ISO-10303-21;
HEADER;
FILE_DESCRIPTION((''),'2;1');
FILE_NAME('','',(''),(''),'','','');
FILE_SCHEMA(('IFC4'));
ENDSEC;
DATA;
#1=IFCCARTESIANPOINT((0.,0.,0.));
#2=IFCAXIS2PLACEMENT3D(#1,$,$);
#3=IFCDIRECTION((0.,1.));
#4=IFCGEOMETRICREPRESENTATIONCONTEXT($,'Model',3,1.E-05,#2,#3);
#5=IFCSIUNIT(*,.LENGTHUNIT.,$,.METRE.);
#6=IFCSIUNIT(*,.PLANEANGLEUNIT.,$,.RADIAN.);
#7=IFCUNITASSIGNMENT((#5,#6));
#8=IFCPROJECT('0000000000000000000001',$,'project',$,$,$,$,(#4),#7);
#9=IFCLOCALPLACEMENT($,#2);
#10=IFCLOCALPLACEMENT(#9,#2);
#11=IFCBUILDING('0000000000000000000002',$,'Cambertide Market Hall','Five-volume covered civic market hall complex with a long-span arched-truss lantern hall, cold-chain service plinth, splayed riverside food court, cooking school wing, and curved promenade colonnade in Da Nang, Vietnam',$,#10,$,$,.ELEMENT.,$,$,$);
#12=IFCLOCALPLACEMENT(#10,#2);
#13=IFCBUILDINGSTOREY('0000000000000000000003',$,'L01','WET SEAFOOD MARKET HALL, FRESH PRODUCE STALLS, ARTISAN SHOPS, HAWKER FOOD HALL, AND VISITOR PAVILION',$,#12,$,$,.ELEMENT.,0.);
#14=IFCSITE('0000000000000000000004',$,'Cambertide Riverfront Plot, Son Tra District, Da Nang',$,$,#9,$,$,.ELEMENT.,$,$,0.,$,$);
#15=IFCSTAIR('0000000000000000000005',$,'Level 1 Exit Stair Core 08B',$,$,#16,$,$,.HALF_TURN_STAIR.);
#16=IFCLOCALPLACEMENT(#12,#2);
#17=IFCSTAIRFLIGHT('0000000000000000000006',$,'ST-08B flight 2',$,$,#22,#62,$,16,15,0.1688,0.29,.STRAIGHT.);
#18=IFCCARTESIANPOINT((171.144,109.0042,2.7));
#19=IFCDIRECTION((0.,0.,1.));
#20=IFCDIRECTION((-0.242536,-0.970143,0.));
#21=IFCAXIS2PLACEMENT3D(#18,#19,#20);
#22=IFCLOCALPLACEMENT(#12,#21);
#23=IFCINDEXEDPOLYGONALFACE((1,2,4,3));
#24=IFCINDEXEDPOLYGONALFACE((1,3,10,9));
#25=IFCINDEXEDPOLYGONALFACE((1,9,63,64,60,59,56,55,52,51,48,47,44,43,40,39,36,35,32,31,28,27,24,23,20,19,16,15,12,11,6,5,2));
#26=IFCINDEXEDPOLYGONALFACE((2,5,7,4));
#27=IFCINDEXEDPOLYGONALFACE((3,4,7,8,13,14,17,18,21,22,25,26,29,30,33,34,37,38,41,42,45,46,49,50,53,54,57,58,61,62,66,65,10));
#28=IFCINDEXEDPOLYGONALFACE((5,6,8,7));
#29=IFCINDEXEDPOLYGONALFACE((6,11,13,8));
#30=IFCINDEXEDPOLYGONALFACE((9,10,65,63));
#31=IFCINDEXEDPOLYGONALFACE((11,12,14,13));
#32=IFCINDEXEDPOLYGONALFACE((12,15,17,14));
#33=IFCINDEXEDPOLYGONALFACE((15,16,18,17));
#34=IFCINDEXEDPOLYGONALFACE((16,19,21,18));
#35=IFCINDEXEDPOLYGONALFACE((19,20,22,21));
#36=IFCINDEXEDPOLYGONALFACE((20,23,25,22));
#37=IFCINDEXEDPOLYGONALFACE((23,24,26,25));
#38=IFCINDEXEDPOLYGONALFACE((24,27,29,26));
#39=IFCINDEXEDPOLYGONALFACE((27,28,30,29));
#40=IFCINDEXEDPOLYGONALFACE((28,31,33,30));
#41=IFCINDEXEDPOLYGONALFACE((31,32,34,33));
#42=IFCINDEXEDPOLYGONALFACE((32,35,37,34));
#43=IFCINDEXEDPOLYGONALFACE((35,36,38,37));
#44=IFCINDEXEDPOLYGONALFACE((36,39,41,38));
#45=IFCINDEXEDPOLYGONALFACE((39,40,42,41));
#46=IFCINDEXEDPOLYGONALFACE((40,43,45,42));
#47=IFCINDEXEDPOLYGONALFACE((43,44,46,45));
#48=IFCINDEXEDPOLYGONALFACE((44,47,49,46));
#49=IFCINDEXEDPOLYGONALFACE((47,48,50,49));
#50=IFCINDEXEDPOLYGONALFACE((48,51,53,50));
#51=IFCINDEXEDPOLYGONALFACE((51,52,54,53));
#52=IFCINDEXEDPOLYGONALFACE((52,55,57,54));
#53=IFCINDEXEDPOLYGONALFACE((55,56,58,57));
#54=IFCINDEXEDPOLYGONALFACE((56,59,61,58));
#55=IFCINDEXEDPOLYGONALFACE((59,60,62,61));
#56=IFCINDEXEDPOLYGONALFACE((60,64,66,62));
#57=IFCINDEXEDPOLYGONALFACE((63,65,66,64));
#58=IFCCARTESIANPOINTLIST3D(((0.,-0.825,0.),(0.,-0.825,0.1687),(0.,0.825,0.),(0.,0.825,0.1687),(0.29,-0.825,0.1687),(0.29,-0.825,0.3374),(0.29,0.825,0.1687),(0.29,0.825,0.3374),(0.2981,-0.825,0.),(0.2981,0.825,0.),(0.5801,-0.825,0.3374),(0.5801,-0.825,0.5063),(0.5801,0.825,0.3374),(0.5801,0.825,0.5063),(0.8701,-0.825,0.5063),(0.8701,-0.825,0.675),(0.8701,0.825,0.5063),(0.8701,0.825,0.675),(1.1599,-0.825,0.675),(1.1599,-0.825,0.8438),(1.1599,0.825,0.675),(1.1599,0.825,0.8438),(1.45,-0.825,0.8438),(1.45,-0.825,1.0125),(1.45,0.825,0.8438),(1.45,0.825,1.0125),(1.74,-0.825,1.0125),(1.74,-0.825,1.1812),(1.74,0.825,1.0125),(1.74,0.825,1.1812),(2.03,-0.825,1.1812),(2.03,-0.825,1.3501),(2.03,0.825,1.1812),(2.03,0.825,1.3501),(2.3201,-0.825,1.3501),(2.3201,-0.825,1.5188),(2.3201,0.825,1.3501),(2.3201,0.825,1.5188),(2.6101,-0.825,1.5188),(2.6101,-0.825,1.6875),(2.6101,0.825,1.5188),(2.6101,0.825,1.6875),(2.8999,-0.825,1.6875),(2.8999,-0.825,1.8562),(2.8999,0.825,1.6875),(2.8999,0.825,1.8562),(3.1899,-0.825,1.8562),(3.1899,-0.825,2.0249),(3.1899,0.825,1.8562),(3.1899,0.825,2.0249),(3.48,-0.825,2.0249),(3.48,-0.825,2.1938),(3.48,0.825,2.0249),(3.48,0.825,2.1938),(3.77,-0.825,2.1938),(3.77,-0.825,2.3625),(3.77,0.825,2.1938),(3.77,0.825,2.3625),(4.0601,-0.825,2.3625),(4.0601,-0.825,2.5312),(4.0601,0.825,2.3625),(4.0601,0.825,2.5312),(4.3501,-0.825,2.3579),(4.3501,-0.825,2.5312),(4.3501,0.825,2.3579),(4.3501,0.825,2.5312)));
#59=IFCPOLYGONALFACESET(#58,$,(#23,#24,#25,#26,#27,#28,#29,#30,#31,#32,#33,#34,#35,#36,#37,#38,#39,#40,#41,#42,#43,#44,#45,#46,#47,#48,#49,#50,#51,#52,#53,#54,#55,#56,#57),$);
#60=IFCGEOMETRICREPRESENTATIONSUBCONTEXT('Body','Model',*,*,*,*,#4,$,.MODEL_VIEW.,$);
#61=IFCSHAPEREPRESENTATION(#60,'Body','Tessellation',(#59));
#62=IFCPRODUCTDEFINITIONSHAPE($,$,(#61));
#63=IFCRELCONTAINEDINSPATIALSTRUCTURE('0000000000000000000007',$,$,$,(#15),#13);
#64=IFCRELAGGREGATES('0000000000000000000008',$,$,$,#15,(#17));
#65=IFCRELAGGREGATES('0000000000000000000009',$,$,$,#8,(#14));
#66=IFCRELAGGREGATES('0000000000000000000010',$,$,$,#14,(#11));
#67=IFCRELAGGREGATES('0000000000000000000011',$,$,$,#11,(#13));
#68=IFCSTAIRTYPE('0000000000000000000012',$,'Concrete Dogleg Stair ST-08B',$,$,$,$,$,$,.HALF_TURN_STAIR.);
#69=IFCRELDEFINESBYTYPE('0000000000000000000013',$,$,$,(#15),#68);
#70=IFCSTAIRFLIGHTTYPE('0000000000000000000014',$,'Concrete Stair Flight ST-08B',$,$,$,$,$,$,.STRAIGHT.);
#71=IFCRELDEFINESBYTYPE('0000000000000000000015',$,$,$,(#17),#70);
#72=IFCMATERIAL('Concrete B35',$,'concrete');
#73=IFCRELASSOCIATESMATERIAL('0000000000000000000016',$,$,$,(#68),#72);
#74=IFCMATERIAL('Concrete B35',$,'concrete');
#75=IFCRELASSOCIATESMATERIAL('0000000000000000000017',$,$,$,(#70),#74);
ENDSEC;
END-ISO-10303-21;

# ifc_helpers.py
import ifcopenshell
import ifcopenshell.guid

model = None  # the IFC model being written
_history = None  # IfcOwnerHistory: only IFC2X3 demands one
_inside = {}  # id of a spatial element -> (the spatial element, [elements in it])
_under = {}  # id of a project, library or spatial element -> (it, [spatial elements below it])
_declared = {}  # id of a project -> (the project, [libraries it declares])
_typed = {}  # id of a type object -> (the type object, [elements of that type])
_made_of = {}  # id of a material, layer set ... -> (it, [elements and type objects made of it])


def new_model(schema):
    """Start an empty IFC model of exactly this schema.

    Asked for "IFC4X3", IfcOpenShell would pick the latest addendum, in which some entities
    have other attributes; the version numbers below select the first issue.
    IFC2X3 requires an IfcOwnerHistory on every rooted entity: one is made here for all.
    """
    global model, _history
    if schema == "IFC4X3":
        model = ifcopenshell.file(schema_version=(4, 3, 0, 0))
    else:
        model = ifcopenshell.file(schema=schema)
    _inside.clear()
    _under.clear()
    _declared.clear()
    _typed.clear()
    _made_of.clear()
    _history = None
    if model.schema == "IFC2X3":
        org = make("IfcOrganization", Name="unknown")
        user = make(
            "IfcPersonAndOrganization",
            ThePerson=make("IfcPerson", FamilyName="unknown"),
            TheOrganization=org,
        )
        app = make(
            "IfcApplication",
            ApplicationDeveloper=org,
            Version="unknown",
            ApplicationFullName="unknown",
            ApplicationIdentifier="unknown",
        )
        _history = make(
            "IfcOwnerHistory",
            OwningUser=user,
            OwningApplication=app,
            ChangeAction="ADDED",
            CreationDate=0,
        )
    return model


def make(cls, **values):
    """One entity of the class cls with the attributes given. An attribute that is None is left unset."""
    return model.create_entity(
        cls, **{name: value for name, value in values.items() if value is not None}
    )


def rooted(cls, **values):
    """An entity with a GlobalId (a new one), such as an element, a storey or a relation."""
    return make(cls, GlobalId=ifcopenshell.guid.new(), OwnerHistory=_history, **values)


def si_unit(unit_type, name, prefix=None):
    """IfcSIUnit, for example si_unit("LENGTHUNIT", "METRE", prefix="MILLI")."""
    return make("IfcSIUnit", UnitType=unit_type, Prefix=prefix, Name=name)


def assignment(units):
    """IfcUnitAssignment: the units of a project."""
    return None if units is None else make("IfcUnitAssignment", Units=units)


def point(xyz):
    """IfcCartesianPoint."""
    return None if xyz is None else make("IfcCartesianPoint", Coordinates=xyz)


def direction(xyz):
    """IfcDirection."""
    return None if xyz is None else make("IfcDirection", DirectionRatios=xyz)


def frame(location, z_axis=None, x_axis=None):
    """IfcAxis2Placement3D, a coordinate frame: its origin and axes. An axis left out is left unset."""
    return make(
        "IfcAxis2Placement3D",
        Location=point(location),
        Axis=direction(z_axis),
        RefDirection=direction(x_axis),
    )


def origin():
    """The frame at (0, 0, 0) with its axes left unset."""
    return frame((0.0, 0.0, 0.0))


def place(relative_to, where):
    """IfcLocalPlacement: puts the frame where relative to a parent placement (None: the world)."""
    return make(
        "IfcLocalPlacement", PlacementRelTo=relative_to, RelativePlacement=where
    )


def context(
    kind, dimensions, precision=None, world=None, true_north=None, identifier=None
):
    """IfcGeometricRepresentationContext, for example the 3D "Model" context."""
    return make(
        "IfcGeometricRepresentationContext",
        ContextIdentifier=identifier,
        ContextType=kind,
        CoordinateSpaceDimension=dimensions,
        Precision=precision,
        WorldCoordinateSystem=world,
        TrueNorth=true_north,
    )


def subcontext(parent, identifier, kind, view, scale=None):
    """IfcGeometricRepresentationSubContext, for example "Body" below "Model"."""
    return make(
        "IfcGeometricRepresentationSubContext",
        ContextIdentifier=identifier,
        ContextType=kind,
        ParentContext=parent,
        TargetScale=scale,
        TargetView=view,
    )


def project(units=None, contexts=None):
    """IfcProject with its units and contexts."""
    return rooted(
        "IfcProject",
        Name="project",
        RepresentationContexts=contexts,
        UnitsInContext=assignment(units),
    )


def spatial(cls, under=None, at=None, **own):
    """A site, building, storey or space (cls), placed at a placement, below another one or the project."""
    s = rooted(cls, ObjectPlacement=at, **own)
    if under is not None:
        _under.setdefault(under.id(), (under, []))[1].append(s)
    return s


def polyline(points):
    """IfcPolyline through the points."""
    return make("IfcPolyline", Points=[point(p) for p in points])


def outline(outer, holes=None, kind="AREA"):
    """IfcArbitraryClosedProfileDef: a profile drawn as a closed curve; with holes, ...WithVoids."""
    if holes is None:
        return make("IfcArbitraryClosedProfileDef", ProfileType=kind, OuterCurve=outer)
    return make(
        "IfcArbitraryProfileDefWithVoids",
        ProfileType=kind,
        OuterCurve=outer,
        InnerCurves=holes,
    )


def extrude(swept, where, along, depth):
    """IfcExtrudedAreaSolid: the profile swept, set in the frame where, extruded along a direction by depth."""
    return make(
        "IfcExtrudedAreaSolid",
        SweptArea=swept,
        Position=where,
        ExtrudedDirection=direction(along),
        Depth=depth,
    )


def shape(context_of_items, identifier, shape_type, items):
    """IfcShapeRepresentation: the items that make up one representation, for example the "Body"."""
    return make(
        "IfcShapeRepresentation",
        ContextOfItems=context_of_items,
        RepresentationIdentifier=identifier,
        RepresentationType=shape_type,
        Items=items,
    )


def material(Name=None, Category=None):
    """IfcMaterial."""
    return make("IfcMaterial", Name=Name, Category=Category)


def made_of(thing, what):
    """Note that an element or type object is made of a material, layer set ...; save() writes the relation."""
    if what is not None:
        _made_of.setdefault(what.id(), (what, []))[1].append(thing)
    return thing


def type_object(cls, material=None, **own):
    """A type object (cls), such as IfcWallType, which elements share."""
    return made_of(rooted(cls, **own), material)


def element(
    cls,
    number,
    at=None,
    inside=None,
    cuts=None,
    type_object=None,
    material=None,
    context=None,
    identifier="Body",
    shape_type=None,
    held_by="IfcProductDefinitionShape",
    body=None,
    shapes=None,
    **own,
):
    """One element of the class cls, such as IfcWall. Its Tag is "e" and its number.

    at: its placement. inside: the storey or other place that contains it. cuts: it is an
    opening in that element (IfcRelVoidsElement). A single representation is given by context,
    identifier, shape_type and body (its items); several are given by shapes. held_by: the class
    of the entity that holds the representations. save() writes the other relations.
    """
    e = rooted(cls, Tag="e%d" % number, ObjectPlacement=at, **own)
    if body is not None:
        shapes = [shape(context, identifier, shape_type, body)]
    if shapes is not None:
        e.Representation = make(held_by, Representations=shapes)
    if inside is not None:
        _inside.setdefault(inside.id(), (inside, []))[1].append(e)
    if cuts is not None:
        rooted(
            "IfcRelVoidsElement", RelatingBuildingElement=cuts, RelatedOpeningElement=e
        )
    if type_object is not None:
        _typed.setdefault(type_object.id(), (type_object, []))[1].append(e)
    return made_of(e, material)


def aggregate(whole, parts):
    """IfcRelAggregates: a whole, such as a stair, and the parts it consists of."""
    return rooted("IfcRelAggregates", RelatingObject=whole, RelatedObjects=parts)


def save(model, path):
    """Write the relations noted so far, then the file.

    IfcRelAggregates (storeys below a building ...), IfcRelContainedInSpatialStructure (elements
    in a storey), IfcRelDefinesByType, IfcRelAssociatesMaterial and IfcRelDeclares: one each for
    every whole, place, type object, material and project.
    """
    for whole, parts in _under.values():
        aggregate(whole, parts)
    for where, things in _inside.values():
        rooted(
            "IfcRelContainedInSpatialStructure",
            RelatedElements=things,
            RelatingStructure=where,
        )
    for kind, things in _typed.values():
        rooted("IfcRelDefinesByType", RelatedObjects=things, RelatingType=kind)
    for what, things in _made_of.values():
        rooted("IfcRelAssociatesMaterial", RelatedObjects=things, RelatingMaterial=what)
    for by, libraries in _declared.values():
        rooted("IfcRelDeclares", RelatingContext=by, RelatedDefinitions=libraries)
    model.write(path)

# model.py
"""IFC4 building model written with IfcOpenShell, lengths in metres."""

from ifc_helpers import new_model, si_unit, direction, frame, origin, place, context, subcontext, project, spatial, polyline, outline, extrude, material, type_object, element, aggregate, save


model = new_model("IFC4")

# Units and contexts
model_context = context("Model", 3, precision=1e-05, world=origin(), true_north=direction((0.0, 1.0)))
body_context = subcontext(model_context, "Body", "Model", "MODEL_VIEW")
ifc_project = project(units=[si_unit("LENGTHUNIT", "METRE"), si_unit("PLANEANGLEUNIT", "RADIAN")], contexts=[model_context])

# Site, building, storey
site_placement = place(None, origin())
site = spatial("IfcSite", under=ifc_project, at=site_placement, Name="Cambertide Riverfront Plot, Son Tra District, Da Nang", CompositionType="ELEMENT", RefElevation=0.0)
building_placement = place(site_placement, origin())
building = spatial("IfcBuilding", under=site, at=building_placement, Name="Cambertide Market Hall", Description="Five-volume covered civic market hall complex with a long-span arched-truss lantern hall, cold-chain service plinth, splayed riverside food court, cooking school wing, and curved promenade colonnade in Da Nang, Vietnam", CompositionType="ELEMENT")
storey_placement = place(building_placement, origin())
storey = spatial("IfcBuildingStorey", under=building, at=storey_placement, Name="L01", Description="WET SEAFOOD MARKET HALL, FRESH PRODUCE STALLS, ARTISAN SHOPS, HAWKER FOOD HALL, AND VISITOR PAVILION", CompositionType="ELEMENT", Elevation=0.0)

# Stair, stair flight
ifc_material_1 = material(Name="Concrete B35", Category="concrete")
stair_type = type_object("IfcStairType", Name="Concrete Dogleg Stair ST-08B", PredefinedType="HALF_TURN_STAIR", material=ifc_material_1)
stair_placement = place(storey_placement, origin())
stair = element("IfcStair", 1, at=stair_placement, inside=storey, type_object=stair_type, Name="Level 1 Exit Stair Core 08B", PredefinedType="HALF_TURN_STAIR")
ifc_material_2 = material(Name="Concrete B35", Category="concrete")
stair_flight_type = type_object("IfcStairFlightType", Name="Concrete Stair Flight ST-08B", PredefinedType="STRAIGHT", material=ifc_material_2)
stair_flight_placement = place(storey_placement, frame((171.144, 109.0042, 2.7), z_axis=(0.0, 0.0, 1.0), x_axis=(-0.242536, -0.970143, 0.0)))
stair_flight = element("IfcStairFlight", 2, at=stair_flight_placement, type_object=stair_flight_type, Name="ST-08B flight 2", NumberOfRisers=16, NumberOfTreads=15, PredefinedType="STRAIGHT", RiserHeight=0.1688, TreadLength=0.29, context=body_context, shape_type="SweptSolid", body=[
    extrude(outline(polyline([(0.0, 0.0), (0.0, 0.1687), (0.29, 0.1687), (0.29, 0.3374), (0.5801, 0.3374), (0.5801, 0.5063), (0.8701, 0.5063), (0.8701, 0.675), (1.1599, 0.675), (1.1599, 0.8438), (1.45, 0.8438), (1.45, 1.0125), (1.74, 1.0125), (1.74, 1.1812), (2.03, 1.1812), (2.03, 1.3501), (2.3201, 1.3501), (2.3201, 1.5188), (2.6101, 1.5188), (2.6101, 1.6875), (2.8999, 1.6875), (2.8999, 1.8562), (3.1899, 1.8562), (3.1899, 2.0249), (3.48, 2.0249), (3.48, 2.1938), (3.77, 2.1938), (3.77, 2.3625), (4.0601, 2.3625), (4.0601, 2.5312), (4.3501, 2.5312), (4.3501, 2.7), (4.3501, 2.3579), (0.2981, 0.0), (0.0, 0.0)])), frame((0.0, 0.825, 0.0), z_axis=(0.0, -1.0, 0.0), x_axis=(1.0, 0.0, 0.0)), (0.0, 0.0, 1.0), 1.6499),
])
aggregate(stair, [stair_flight])

save(model, "model.ifc")
